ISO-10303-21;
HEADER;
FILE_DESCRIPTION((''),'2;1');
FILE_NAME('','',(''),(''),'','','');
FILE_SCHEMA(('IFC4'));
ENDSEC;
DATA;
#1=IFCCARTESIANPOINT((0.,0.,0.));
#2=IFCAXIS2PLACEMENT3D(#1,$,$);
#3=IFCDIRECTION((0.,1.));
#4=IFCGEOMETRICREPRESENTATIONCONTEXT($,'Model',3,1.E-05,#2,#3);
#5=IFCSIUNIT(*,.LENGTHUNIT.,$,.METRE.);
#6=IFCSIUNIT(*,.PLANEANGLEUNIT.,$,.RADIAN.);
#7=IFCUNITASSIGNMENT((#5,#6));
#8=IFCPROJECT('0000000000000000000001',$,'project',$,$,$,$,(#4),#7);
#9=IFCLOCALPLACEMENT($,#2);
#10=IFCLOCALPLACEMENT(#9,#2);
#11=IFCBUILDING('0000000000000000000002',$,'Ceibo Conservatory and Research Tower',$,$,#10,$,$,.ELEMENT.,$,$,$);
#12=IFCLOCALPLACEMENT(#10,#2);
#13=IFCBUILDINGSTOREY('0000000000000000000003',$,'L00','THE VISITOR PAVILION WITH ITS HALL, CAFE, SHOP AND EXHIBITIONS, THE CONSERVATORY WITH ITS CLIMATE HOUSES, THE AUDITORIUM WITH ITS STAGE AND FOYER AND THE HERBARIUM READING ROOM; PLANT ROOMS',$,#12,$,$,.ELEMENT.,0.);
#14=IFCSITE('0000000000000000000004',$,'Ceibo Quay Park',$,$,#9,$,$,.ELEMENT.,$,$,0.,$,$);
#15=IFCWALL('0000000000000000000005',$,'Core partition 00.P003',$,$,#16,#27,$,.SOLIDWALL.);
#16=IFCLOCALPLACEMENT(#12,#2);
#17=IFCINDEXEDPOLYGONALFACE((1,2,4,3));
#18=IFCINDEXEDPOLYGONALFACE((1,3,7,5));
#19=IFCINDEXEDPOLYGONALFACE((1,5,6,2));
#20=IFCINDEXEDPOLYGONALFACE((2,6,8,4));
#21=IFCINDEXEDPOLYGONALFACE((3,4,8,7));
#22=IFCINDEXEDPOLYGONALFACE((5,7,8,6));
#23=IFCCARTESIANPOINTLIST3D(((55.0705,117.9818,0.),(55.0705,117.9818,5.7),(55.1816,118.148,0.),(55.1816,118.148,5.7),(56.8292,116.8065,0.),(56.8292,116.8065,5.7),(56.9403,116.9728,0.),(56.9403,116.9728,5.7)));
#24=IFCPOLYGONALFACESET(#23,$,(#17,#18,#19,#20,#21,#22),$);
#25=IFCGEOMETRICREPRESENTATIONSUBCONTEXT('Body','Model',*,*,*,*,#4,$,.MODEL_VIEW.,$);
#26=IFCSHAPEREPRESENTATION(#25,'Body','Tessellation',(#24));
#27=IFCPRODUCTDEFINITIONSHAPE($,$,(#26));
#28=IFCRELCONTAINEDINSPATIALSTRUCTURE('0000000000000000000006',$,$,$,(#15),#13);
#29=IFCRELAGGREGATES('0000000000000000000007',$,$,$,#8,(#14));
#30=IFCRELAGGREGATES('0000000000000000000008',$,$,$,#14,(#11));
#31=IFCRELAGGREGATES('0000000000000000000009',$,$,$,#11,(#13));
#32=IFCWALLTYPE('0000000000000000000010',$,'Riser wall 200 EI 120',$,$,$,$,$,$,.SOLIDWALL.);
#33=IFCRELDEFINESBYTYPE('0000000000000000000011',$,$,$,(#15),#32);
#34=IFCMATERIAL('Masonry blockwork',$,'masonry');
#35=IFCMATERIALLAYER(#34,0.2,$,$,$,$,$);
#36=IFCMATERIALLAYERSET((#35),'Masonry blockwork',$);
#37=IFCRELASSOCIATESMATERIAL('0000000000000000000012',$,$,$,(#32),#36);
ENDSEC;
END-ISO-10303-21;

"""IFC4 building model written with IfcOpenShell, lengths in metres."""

from ifc_helpers import new_model, si_unit, direction, frame, frame_2d, origin, place, context, subcontext, project, spatial, rectangle, extrude, material, layer, layer_set, type_object, element, save


model = new_model("IFC4")

# Units and contexts
model_context = context("Model", 3, precision=1e-05, world=origin(), true_north=direction((0.0, 1.0)))
body_context = subcontext(model_context, "Body", "Model", "MODEL_VIEW")
ifc_project = project(units=[si_unit("LENGTHUNIT", "METRE"), si_unit("PLANEANGLEUNIT", "RADIAN")], contexts=[model_context])

# Site, building, storey
site_placement = place(None, origin())
site = spatial("IfcSite", under=ifc_project, at=site_placement, Name="Ceibo Quay Park", CompositionType="ELEMENT", RefElevation=0.0)
building_placement = place(site_placement, origin())
building = spatial("IfcBuilding", under=site, at=building_placement, Name="Ceibo Conservatory and Research Tower", CompositionType="ELEMENT")
storey_placement = place(building_placement, origin())
storey = spatial("IfcBuildingStorey", under=building, at=storey_placement, Name="L00", Description="THE VISITOR PAVILION WITH ITS HALL, CAFE, SHOP AND EXHIBITIONS, THE CONSERVATORY WITH ITS CLIMATE HOUSES, THE AUDITORIUM WITH ITS STAGE AND FOYER AND THE HERBARIUM READING ROOM; PLANT ROOMS", CompositionType="ELEMENT", Elevation=0.0)

# Shared definitions
ifc_material_1 = material(Name="Masonry blockwork", Category="masonry")

# Wall
ifc_layer_1 = layer(ifc_material_1, 0.2)
ifc_layer_set_1 = layer_set([ifc_layer_1], Name="Masonry blockwork")
wall_type_1 = type_object("IfcWallType", Name="Riser wall 200 EI 120", PredefinedType="SOLIDWALL", material=ifc_layer_set_1)
wall_1_placement = place(storey_placement, frame((56.8848, 116.8896, 0.0), z_axis=(0.0, 0.0, 1.0), x_axis=(-0.831446, 0.555605, 0.0)))
element("IfcWall", 1, at=wall_1_placement, inside=storey, type_object=wall_type_1, Name="Core partition 00.P003", PredefinedType="SOLIDWALL", context=body_context, shape_type="SweptSolid", body=[
    extrude(rectangle(XDim=2.1152, YDim=0.2, at=frame_2d((1.0576, 0.0))), origin(), (0.0, 0.0, 1.0), 5.7),
])

save(model, "model.ifc")
